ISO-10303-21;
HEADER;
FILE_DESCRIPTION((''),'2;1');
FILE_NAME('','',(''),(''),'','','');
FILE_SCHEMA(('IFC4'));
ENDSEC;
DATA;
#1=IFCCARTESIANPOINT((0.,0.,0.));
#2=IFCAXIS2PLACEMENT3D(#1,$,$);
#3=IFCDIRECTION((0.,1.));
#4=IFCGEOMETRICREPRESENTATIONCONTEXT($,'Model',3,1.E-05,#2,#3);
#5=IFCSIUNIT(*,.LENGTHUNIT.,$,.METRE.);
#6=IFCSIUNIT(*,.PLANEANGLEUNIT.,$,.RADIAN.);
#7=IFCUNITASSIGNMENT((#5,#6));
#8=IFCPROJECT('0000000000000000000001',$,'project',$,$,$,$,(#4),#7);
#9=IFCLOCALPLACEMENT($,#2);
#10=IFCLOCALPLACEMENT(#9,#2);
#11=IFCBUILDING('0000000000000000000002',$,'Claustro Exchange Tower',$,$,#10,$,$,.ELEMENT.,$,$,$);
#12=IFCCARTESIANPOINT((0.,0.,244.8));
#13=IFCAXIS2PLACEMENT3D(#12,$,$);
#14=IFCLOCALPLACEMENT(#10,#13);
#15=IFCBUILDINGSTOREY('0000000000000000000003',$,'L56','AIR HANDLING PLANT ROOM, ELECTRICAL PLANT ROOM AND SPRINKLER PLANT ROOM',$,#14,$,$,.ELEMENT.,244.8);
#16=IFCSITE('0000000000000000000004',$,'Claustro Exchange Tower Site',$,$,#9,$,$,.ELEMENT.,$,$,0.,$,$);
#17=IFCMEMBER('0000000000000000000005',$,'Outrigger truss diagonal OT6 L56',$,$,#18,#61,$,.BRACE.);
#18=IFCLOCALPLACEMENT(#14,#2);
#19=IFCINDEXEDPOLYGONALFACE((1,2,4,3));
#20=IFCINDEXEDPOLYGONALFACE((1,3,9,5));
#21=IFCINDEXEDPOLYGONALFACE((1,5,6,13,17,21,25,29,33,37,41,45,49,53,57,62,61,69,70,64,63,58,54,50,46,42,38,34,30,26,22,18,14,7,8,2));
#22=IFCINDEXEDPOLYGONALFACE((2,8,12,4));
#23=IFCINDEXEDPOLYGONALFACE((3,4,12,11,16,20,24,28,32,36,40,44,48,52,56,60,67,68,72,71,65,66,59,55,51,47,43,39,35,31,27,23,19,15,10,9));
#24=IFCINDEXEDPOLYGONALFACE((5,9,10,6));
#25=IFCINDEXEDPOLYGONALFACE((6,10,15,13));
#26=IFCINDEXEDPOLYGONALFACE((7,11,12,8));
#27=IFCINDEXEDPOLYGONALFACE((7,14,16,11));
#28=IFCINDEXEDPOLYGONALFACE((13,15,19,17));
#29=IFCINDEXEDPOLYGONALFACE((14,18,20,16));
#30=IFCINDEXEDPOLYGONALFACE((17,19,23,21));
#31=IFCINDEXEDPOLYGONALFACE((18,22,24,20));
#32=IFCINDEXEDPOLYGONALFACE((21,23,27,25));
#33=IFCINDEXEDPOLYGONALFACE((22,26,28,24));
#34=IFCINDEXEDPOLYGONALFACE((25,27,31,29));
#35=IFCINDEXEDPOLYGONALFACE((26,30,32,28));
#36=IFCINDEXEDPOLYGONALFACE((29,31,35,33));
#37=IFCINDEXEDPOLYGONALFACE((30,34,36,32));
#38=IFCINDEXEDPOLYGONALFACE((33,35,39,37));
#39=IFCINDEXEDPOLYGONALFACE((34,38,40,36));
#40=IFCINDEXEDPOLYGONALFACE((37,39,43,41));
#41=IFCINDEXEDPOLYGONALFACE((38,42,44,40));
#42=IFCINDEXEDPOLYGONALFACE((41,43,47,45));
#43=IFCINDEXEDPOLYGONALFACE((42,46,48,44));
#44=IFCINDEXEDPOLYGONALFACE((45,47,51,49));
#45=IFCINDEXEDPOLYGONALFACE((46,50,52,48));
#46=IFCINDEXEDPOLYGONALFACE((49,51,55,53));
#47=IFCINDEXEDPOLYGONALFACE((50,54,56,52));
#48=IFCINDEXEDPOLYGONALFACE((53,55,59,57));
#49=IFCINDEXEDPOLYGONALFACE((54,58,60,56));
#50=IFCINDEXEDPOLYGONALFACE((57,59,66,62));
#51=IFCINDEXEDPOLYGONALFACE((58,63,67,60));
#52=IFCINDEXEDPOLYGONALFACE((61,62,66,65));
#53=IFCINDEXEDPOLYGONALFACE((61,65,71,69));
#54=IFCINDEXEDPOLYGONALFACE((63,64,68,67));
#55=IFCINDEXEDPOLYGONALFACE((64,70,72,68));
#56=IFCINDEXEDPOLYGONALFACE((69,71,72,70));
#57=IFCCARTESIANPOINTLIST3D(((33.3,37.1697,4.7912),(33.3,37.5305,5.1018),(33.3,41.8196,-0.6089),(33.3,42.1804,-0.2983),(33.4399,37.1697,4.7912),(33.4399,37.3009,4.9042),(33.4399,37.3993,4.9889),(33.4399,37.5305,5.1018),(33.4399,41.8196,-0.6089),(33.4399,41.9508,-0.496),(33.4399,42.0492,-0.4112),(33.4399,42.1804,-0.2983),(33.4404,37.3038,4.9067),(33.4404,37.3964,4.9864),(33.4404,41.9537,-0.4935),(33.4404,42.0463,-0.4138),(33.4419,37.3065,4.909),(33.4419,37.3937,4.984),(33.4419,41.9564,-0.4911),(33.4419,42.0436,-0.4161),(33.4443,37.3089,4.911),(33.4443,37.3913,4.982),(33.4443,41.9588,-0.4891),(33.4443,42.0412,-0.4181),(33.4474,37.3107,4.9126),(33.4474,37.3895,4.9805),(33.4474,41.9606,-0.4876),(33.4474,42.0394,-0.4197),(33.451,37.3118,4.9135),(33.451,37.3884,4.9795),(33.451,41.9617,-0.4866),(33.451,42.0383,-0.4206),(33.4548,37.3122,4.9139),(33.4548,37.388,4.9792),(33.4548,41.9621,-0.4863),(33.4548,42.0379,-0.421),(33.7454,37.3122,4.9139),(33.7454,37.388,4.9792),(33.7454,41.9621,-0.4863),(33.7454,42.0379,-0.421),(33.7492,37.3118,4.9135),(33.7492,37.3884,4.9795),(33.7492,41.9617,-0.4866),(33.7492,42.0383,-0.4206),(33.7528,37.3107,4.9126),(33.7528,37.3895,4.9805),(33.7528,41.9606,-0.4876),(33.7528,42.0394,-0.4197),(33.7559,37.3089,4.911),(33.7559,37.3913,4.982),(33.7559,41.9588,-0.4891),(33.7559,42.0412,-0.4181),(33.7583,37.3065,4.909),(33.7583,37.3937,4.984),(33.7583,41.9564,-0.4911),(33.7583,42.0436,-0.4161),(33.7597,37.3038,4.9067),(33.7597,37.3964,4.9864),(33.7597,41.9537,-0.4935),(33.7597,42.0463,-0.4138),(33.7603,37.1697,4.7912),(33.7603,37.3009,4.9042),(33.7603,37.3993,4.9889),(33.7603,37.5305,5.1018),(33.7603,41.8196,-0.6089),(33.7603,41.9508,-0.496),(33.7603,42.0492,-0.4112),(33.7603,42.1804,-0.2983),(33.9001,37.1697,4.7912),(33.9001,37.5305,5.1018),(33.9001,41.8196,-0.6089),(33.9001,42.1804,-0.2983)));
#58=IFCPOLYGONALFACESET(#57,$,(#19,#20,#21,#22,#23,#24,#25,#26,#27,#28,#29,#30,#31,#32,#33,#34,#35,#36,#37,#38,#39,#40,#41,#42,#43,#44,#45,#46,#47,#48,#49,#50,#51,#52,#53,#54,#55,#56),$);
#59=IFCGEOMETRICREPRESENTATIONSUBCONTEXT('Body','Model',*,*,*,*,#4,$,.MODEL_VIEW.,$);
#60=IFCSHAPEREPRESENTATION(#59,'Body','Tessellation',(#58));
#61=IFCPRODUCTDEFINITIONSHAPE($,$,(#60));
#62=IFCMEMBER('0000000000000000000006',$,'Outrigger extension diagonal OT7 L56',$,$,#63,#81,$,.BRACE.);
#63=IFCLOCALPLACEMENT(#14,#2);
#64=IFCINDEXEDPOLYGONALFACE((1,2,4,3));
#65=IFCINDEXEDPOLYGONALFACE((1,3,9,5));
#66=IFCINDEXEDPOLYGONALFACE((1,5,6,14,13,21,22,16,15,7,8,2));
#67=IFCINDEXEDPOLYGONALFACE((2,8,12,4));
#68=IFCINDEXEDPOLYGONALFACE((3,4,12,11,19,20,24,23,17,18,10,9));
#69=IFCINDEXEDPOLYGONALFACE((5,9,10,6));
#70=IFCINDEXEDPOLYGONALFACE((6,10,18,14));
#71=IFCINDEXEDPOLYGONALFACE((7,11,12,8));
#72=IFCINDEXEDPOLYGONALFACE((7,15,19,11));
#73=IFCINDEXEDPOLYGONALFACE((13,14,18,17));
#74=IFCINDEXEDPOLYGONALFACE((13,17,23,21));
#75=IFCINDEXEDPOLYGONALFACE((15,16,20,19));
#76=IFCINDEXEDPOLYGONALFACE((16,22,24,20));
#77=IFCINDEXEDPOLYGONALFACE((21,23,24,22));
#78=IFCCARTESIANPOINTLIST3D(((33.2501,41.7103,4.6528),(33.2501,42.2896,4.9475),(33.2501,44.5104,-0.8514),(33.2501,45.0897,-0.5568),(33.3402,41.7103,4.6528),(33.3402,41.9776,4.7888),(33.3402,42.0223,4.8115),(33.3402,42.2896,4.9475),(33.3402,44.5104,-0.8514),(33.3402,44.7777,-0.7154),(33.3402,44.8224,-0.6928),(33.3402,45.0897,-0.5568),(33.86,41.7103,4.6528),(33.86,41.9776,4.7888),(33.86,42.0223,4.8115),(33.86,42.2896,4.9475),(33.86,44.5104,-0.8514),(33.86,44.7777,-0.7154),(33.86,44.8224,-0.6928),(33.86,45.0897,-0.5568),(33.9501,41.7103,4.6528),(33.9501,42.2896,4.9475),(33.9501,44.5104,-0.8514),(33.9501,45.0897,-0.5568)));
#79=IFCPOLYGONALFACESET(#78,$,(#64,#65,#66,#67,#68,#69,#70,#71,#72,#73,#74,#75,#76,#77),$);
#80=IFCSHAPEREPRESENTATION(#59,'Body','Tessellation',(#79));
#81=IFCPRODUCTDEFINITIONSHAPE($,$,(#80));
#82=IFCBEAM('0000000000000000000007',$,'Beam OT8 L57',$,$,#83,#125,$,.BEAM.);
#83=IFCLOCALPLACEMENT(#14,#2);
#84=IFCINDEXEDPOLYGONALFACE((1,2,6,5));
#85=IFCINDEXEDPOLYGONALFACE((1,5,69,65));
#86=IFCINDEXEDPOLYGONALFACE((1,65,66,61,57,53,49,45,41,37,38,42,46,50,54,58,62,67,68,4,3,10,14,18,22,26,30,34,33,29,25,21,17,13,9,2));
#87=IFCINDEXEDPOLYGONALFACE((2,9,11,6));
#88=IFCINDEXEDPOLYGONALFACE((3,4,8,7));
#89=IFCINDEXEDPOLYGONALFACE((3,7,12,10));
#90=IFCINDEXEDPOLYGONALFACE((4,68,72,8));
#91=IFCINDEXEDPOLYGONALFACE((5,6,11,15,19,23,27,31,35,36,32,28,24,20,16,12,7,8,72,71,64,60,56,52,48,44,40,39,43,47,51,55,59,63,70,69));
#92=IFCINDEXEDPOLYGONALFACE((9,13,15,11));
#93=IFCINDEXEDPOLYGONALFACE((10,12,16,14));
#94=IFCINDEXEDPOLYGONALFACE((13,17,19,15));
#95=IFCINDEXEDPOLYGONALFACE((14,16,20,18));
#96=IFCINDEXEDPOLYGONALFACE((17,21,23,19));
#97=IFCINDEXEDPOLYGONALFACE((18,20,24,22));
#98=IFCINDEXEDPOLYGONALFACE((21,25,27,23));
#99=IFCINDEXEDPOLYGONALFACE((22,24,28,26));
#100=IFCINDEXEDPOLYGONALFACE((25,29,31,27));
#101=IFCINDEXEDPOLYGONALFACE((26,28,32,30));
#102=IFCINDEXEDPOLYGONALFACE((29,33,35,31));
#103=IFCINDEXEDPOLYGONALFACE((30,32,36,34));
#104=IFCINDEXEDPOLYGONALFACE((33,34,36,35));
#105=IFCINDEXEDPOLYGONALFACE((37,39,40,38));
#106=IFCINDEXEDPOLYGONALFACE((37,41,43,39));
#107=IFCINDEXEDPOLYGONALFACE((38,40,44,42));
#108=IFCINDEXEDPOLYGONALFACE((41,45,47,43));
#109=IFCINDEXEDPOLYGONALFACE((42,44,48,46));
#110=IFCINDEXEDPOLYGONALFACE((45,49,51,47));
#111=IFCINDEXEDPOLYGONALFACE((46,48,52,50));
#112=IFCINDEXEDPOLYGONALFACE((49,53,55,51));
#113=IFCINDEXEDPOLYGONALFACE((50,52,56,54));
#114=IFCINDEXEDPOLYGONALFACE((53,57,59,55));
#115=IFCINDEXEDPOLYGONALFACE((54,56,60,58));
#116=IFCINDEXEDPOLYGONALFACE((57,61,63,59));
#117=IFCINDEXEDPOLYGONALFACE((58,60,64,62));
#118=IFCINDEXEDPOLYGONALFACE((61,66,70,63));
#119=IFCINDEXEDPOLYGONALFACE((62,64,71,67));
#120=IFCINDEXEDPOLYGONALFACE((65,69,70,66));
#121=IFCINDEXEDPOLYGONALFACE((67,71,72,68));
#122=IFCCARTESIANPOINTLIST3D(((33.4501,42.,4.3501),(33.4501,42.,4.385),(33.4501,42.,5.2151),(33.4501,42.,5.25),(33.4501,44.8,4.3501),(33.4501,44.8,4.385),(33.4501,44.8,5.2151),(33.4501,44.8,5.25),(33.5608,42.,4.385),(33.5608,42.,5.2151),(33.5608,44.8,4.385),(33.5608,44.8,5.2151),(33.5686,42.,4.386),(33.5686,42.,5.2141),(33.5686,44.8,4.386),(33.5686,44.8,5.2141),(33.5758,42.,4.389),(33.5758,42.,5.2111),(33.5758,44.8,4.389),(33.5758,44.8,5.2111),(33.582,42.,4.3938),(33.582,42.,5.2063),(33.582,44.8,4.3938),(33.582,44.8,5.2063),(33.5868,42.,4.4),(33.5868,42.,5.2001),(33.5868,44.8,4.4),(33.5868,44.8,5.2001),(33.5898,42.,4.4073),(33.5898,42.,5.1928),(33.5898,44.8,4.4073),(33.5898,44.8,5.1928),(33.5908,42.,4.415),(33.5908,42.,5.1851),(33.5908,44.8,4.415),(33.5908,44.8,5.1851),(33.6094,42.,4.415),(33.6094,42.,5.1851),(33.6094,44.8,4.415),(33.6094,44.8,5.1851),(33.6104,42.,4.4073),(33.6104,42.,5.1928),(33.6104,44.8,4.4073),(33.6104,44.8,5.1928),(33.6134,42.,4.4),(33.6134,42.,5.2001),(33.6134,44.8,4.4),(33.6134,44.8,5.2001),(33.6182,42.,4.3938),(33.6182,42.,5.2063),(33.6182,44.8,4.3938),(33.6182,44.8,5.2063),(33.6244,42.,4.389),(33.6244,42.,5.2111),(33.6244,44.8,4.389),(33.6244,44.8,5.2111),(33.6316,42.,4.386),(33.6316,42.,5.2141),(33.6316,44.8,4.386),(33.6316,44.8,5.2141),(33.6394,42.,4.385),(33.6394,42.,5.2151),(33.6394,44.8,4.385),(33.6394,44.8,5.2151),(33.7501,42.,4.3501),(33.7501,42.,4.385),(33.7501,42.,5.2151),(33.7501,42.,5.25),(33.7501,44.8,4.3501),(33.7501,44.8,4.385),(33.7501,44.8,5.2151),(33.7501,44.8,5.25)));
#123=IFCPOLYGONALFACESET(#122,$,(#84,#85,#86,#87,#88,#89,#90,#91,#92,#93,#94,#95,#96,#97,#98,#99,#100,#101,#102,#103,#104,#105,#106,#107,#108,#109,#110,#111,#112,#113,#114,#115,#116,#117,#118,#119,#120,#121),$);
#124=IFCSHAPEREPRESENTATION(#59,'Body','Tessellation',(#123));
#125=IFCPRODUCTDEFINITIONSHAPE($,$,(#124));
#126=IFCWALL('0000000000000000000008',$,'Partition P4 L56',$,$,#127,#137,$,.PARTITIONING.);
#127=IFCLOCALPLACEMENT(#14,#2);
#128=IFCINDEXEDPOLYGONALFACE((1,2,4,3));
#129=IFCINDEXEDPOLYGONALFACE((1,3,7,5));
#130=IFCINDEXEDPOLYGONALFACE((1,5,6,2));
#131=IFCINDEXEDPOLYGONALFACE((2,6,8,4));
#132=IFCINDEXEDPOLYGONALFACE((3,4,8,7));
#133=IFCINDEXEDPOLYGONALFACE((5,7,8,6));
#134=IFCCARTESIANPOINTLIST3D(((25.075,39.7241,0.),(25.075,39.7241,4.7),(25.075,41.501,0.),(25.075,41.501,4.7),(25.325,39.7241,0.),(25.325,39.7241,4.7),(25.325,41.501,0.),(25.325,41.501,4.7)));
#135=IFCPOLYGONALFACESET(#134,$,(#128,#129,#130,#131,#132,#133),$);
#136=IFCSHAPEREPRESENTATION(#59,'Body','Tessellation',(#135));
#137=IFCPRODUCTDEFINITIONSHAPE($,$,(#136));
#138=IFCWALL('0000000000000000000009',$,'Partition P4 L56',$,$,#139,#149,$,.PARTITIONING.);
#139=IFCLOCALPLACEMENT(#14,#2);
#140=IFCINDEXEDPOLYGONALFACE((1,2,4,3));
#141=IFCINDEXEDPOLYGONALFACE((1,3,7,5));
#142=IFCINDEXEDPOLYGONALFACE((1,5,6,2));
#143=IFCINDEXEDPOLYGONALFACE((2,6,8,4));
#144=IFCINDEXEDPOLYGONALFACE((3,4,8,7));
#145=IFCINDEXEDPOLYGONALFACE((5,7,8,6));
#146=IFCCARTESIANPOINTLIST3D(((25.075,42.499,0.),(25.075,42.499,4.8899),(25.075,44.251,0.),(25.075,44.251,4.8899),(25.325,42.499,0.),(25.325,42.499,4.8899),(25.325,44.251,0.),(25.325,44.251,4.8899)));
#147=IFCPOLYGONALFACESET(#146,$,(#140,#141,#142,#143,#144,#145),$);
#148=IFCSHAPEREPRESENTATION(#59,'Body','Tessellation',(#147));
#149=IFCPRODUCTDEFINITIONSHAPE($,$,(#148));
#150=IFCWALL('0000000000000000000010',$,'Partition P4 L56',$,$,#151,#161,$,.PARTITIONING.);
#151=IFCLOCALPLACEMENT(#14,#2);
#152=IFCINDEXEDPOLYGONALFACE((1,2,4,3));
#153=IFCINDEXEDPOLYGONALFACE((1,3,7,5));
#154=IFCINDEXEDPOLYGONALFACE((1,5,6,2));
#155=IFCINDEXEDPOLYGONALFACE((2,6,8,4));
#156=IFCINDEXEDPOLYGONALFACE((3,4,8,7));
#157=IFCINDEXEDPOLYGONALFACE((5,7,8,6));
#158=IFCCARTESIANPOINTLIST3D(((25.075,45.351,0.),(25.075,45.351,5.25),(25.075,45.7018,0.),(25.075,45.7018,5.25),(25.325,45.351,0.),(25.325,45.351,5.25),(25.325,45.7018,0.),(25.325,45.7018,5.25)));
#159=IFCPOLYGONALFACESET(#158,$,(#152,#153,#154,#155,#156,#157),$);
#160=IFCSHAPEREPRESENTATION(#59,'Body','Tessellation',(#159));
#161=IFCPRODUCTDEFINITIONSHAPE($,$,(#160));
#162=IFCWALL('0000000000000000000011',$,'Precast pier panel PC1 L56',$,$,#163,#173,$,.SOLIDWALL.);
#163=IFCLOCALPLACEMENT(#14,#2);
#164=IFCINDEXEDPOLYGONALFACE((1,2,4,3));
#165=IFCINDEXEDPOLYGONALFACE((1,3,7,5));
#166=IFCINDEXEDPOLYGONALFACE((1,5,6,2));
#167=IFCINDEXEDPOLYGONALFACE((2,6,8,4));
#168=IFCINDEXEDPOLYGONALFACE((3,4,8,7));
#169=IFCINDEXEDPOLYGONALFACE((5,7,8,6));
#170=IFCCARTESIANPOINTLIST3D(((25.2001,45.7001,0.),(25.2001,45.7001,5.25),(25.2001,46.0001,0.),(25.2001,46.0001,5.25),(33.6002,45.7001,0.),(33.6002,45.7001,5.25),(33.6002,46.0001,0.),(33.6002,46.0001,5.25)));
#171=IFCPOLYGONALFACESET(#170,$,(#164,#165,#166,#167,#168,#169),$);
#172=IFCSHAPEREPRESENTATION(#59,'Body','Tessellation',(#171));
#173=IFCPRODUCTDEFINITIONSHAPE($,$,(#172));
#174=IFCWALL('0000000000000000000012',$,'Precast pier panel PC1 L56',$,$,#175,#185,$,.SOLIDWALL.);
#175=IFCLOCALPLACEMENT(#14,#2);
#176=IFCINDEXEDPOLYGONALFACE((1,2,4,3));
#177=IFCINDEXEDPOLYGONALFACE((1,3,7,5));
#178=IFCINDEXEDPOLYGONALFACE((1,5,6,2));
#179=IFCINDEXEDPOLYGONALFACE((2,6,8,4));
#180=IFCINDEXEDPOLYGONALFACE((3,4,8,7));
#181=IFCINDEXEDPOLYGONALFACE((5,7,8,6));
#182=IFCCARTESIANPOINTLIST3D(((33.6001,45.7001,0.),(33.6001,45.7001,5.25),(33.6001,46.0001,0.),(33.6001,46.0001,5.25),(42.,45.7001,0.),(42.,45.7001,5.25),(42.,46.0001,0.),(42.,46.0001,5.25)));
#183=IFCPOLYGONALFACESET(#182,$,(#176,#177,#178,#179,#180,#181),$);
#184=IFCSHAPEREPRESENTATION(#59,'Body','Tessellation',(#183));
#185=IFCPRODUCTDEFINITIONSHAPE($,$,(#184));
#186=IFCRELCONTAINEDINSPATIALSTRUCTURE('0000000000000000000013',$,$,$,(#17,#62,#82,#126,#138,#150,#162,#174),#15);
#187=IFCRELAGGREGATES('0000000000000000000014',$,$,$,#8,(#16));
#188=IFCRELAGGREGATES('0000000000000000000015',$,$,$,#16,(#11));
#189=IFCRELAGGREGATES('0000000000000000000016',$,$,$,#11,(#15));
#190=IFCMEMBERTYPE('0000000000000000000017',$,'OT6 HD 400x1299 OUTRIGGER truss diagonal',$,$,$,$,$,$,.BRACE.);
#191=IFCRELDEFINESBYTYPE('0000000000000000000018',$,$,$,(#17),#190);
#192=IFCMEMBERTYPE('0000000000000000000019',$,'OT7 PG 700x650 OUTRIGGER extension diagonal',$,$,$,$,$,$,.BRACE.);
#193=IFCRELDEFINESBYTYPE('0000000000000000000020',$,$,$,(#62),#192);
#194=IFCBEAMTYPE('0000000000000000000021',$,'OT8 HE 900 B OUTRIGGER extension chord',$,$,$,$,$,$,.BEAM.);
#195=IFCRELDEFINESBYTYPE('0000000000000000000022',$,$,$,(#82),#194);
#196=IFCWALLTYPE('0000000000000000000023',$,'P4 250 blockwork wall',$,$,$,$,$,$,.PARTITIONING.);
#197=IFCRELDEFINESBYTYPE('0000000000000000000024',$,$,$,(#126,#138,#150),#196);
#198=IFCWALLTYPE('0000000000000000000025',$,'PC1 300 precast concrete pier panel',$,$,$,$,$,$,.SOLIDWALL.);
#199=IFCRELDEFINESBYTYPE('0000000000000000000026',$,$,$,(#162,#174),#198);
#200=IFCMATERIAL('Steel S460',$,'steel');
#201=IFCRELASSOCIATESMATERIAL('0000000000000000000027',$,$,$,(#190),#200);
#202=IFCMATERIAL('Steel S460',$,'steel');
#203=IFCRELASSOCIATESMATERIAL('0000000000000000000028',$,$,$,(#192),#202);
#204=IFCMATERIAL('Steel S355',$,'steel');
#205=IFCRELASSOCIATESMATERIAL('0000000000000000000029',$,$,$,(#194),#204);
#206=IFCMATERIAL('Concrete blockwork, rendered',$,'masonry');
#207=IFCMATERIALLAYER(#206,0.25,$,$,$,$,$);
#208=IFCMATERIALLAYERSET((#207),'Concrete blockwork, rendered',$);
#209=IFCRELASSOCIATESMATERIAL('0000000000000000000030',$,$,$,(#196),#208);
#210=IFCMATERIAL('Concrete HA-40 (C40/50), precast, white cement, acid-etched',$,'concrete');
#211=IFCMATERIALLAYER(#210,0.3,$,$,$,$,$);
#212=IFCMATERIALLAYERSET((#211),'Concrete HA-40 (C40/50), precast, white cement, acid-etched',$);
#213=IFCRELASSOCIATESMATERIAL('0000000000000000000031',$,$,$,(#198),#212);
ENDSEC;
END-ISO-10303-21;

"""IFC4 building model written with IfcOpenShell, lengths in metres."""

from ifc_helpers import new_model, si_unit, direction, frame, frame_2d, origin, origin_2d, place, context, subcontext, project, spatial, rectangle, i_section, extrude, material, layer, layer_set, material_profile, profile_set, type_object, element, save


model = new_model("IFC4")

# Units and contexts
model_context = context("Model", 3, precision=1e-05, world=origin(), true_north=direction((0.0, 1.0)))
body_context = subcontext(model_context, "Body", "Model", "MODEL_VIEW")
ifc_project = project(units=[si_unit("LENGTHUNIT", "METRE"), si_unit("PLANEANGLEUNIT", "RADIAN")], contexts=[model_context])

# Site, building, storey
site_placement = place(None, origin())
site = spatial("IfcSite", under=ifc_project, at=site_placement, Name="Claustro Exchange Tower Site", CompositionType="ELEMENT", RefElevation=0.0)
building_placement = place(site_placement, origin())
building = spatial("IfcBuilding", under=site, at=building_placement, Name="Claustro Exchange Tower", CompositionType="ELEMENT")
storey_placement = place(building_placement, frame((0.0, 0.0, 244.8)))
storey = spatial("IfcBuildingStorey", under=building, at=storey_placement, Name="L56", Description="AIR HANDLING PLANT ROOM, ELECTRICAL PLANT ROOM AND SPRINKLER PLANT ROOM", CompositionType="ELEMENT", Elevation=244.8)

# Members
ifc_material_1 = material(Name="Steel S460", Category="steel")
ifc_material_profile_1 = material_profile(ifc_material_1, i_section(OverallWidth=0.4761, OverallDepth=0.6001, WebThickness=0.1001, FlangeThickness=0.1399, FilletRadius=0.0149, at=origin_2d()), Name="HD 400x1299")
ifc_profile_set_1 = profile_set([ifc_material_profile_1], Name="Steel S460")
member_type_1 = type_object("IfcMemberType", Name="OT6 HD 400x1299 OUTRIGGER truss diagonal", PredefinedType="BRACE", material=ifc_profile_set_1)
member_1_placement = place(storey_placement, frame((33.6001, 42.0, -0.4536), z_axis=(0.0, -0.652505, 0.757784), x_axis=(0.0, 0.757784, 0.652505)))
element("IfcMember", 1, at=member_1_placement, inside=storey, type_object=member_type_1, Name="Outrigger truss diagonal OT6 L56", PredefinedType="BRACE", context=body_context, shape_type="SweptSolid", body=[
    extrude(i_section(OverallWidth=0.4761, OverallDepth=0.6001, WebThickness=0.1001, FlangeThickness=0.1399, FilletRadius=0.0149, at=origin_2d()), origin(), (0.0, 0.0, 1.0), 7.1262),
])
ifc_material_2 = material(Name="Steel S460", Category="steel")
ifc_material_profile_2 = material_profile(ifc_material_2, i_section(OverallWidth=0.6499, OverallDepth=0.7, WebThickness=0.05, FlangeThickness=0.0901, at=origin_2d()), Name="PG 700x650")
ifc_profile_set_2 = profile_set([ifc_material_profile_2], Name="Steel S460")
member_type_2 = type_object("IfcMemberType", Name="OT7 PG 700x650 OUTRIGGER extension diagonal", PredefinedType="BRACE", material=ifc_profile_set_2)
member_2_placement = place(storey_placement, frame((33.6001, 44.8, -0.7041), z_axis=(0.0, -0.453418, 0.891298), x_axis=(0.0, 0.891298, 0.453418)))
element("IfcMember", 2, at=member_2_placement, inside=storey, type_object=member_type_2, Name="Outrigger extension diagonal OT7 L56", PredefinedType="BRACE", context=body_context, shape_type="SweptSolid", body=[
    extrude(i_section(OverallWidth=0.6499, OverallDepth=0.7, WebThickness=0.05, FlangeThickness=0.0901, at=origin_2d()), origin(), (0.0, 0.0, 1.0), 6.1755),
])

# Beam
ifc_material_3 = material(Name="Steel S355", Category="steel")
ifc_material_profile_3 = material_profile(ifc_material_3, i_section(OverallWidth=0.3, OverallDepth=0.8999, WebThickness=0.0186, FlangeThickness=0.0349, FilletRadius=0.03, at=origin_2d()), Name="HE 900 B")
ifc_profile_set_3 = profile_set([ifc_material_profile_3], Name="Steel S355")
beam_type_1 = type_object("IfcBeamType", Name="OT8 HE 900 B OUTRIGGER extension chord", PredefinedType="BEAM", material=ifc_profile_set_3)
beam_1_placement = place(storey_placement, frame((33.6001, 42.0, 4.8), z_axis=(0.0, 1.0, 0.0), x_axis=(-1.0, 0.0, 0.0)))
element("IfcBeam", 3, at=beam_1_placement, inside=storey, type_object=beam_type_1, Name="Beam OT8 L57", PredefinedType="BEAM", context=body_context, shape_type="SweptSolid", body=[
    extrude(i_section(OverallWidth=0.3, OverallDepth=0.8999, WebThickness=0.0186, FlangeThickness=0.0349, FilletRadius=0.03, at=origin_2d()), origin(), (0.0, 0.0, 1.0), 2.8),
])

# Walls
ifc_material_4 = material(Name="Concrete blockwork, rendered", Category="masonry")
ifc_layer_1 = layer(ifc_material_4, 0.25)
ifc_layer_set_1 = layer_set([ifc_layer_1], Name="Concrete blockwork, rendered")
wall_type_1 = type_object("IfcWallType", Name="P4 250 blockwork wall", PredefinedType="PARTITIONING", material=ifc_layer_set_1)
wall_1_placement = place(storey_placement, frame((25.2, 39.7241, 0.0), z_axis=(0.0, 0.0, 1.0), x_axis=(0.0, 1.0, 0.0)))
element("IfcWall", 4, at=wall_1_placement, inside=storey, type_object=wall_type_1, Name="Partition P4 L56", PredefinedType="PARTITIONING", context=body_context, shape_type="SweptSolid", body=[
    extrude(rectangle(XDim=1.7769, YDim=0.25, at=frame_2d((0.8884, 0.0))), origin(), (0.0, 0.0, 1.0), 4.7),
])
wall_2_placement = place(storey_placement, frame((25.2, 42.499, 0.0), z_axis=(0.0, 0.0, 1.0), x_axis=(0.0, 1.0, 0.0)))
element("IfcWall", 5, at=wall_2_placement, inside=storey, type_object=wall_type_1, Name="Partition P4 L56", PredefinedType="PARTITIONING", context=body_context, shape_type="SweptSolid", body=[
    extrude(rectangle(XDim=1.752, YDim=0.25, at=frame_2d((0.876, 0.0))), origin(), (0.0, 0.0, 1.0), 4.8899),
])
wall_3_placement = place(storey_placement, frame((25.2, 45.3511, 0.0), z_axis=(0.0, 0.0, 1.0), x_axis=(0.0, 1.0, 0.0)))
element("IfcWall", 6, at=wall_3_placement, inside=storey, type_object=wall_type_1, Name="Partition P4 L56", PredefinedType="PARTITIONING", context=body_context, shape_type="SweptSolid", body=[
    extrude(rectangle(XDim=0.3508, YDim=0.25, at=frame_2d((0.1753, 0.0))), origin(), (0.0, 0.0, 1.0), 5.25),
])
ifc_material_5 = material(Name="Concrete HA-40 (C40/50), precast, white cement, acid-etched", Category="concrete")
ifc_layer_2 = layer(ifc_material_5, 0.3)
ifc_layer_set_2 = layer_set([ifc_layer_2], Name="Concrete HA-40 (C40/50), precast, white cement, acid-etched")
wall_type_2 = type_object("IfcWallType", Name="PC1 300 precast concrete pier panel", PredefinedType="SOLIDWALL", material=ifc_layer_set_2)
wall_4_placement = place(storey_placement, frame((25.2, 45.8501, 0.0), z_axis=(0.0, 0.0, 1.0), x_axis=(1.0, 0.0, 0.0)))
element("IfcWall", 7, at=wall_4_placement, inside=storey, type_object=wall_type_2, Name="Precast pier panel PC1 L56", PredefinedType="SOLIDWALL", context=body_context, shape_type="SweptSolid", body=[
    extrude(rectangle(XDim=8.4001, YDim=0.3, at=frame_2d((4.2002, 0.0))), origin(), (0.0, 0.0, 1.0), 5.25),
])
wall_5_placement = place(storey_placement, frame((33.6001, 45.8501, 0.0), z_axis=(0.0, 0.0, 1.0), x_axis=(1.0, 0.0, 0.0)))
element("IfcWall", 8, at=wall_5_placement, inside=storey, type_object=wall_type_2, Name="Precast pier panel PC1 L56", PredefinedType="SOLIDWALL", context=body_context, shape_type="SweptSolid", body=[
    extrude(rectangle(XDim=8.3999, YDim=0.3, at=frame_2d((4.2, 0.0))), origin(), (0.0, 0.0, 1.0), 5.25),
])

save(model, "model.ifc")
